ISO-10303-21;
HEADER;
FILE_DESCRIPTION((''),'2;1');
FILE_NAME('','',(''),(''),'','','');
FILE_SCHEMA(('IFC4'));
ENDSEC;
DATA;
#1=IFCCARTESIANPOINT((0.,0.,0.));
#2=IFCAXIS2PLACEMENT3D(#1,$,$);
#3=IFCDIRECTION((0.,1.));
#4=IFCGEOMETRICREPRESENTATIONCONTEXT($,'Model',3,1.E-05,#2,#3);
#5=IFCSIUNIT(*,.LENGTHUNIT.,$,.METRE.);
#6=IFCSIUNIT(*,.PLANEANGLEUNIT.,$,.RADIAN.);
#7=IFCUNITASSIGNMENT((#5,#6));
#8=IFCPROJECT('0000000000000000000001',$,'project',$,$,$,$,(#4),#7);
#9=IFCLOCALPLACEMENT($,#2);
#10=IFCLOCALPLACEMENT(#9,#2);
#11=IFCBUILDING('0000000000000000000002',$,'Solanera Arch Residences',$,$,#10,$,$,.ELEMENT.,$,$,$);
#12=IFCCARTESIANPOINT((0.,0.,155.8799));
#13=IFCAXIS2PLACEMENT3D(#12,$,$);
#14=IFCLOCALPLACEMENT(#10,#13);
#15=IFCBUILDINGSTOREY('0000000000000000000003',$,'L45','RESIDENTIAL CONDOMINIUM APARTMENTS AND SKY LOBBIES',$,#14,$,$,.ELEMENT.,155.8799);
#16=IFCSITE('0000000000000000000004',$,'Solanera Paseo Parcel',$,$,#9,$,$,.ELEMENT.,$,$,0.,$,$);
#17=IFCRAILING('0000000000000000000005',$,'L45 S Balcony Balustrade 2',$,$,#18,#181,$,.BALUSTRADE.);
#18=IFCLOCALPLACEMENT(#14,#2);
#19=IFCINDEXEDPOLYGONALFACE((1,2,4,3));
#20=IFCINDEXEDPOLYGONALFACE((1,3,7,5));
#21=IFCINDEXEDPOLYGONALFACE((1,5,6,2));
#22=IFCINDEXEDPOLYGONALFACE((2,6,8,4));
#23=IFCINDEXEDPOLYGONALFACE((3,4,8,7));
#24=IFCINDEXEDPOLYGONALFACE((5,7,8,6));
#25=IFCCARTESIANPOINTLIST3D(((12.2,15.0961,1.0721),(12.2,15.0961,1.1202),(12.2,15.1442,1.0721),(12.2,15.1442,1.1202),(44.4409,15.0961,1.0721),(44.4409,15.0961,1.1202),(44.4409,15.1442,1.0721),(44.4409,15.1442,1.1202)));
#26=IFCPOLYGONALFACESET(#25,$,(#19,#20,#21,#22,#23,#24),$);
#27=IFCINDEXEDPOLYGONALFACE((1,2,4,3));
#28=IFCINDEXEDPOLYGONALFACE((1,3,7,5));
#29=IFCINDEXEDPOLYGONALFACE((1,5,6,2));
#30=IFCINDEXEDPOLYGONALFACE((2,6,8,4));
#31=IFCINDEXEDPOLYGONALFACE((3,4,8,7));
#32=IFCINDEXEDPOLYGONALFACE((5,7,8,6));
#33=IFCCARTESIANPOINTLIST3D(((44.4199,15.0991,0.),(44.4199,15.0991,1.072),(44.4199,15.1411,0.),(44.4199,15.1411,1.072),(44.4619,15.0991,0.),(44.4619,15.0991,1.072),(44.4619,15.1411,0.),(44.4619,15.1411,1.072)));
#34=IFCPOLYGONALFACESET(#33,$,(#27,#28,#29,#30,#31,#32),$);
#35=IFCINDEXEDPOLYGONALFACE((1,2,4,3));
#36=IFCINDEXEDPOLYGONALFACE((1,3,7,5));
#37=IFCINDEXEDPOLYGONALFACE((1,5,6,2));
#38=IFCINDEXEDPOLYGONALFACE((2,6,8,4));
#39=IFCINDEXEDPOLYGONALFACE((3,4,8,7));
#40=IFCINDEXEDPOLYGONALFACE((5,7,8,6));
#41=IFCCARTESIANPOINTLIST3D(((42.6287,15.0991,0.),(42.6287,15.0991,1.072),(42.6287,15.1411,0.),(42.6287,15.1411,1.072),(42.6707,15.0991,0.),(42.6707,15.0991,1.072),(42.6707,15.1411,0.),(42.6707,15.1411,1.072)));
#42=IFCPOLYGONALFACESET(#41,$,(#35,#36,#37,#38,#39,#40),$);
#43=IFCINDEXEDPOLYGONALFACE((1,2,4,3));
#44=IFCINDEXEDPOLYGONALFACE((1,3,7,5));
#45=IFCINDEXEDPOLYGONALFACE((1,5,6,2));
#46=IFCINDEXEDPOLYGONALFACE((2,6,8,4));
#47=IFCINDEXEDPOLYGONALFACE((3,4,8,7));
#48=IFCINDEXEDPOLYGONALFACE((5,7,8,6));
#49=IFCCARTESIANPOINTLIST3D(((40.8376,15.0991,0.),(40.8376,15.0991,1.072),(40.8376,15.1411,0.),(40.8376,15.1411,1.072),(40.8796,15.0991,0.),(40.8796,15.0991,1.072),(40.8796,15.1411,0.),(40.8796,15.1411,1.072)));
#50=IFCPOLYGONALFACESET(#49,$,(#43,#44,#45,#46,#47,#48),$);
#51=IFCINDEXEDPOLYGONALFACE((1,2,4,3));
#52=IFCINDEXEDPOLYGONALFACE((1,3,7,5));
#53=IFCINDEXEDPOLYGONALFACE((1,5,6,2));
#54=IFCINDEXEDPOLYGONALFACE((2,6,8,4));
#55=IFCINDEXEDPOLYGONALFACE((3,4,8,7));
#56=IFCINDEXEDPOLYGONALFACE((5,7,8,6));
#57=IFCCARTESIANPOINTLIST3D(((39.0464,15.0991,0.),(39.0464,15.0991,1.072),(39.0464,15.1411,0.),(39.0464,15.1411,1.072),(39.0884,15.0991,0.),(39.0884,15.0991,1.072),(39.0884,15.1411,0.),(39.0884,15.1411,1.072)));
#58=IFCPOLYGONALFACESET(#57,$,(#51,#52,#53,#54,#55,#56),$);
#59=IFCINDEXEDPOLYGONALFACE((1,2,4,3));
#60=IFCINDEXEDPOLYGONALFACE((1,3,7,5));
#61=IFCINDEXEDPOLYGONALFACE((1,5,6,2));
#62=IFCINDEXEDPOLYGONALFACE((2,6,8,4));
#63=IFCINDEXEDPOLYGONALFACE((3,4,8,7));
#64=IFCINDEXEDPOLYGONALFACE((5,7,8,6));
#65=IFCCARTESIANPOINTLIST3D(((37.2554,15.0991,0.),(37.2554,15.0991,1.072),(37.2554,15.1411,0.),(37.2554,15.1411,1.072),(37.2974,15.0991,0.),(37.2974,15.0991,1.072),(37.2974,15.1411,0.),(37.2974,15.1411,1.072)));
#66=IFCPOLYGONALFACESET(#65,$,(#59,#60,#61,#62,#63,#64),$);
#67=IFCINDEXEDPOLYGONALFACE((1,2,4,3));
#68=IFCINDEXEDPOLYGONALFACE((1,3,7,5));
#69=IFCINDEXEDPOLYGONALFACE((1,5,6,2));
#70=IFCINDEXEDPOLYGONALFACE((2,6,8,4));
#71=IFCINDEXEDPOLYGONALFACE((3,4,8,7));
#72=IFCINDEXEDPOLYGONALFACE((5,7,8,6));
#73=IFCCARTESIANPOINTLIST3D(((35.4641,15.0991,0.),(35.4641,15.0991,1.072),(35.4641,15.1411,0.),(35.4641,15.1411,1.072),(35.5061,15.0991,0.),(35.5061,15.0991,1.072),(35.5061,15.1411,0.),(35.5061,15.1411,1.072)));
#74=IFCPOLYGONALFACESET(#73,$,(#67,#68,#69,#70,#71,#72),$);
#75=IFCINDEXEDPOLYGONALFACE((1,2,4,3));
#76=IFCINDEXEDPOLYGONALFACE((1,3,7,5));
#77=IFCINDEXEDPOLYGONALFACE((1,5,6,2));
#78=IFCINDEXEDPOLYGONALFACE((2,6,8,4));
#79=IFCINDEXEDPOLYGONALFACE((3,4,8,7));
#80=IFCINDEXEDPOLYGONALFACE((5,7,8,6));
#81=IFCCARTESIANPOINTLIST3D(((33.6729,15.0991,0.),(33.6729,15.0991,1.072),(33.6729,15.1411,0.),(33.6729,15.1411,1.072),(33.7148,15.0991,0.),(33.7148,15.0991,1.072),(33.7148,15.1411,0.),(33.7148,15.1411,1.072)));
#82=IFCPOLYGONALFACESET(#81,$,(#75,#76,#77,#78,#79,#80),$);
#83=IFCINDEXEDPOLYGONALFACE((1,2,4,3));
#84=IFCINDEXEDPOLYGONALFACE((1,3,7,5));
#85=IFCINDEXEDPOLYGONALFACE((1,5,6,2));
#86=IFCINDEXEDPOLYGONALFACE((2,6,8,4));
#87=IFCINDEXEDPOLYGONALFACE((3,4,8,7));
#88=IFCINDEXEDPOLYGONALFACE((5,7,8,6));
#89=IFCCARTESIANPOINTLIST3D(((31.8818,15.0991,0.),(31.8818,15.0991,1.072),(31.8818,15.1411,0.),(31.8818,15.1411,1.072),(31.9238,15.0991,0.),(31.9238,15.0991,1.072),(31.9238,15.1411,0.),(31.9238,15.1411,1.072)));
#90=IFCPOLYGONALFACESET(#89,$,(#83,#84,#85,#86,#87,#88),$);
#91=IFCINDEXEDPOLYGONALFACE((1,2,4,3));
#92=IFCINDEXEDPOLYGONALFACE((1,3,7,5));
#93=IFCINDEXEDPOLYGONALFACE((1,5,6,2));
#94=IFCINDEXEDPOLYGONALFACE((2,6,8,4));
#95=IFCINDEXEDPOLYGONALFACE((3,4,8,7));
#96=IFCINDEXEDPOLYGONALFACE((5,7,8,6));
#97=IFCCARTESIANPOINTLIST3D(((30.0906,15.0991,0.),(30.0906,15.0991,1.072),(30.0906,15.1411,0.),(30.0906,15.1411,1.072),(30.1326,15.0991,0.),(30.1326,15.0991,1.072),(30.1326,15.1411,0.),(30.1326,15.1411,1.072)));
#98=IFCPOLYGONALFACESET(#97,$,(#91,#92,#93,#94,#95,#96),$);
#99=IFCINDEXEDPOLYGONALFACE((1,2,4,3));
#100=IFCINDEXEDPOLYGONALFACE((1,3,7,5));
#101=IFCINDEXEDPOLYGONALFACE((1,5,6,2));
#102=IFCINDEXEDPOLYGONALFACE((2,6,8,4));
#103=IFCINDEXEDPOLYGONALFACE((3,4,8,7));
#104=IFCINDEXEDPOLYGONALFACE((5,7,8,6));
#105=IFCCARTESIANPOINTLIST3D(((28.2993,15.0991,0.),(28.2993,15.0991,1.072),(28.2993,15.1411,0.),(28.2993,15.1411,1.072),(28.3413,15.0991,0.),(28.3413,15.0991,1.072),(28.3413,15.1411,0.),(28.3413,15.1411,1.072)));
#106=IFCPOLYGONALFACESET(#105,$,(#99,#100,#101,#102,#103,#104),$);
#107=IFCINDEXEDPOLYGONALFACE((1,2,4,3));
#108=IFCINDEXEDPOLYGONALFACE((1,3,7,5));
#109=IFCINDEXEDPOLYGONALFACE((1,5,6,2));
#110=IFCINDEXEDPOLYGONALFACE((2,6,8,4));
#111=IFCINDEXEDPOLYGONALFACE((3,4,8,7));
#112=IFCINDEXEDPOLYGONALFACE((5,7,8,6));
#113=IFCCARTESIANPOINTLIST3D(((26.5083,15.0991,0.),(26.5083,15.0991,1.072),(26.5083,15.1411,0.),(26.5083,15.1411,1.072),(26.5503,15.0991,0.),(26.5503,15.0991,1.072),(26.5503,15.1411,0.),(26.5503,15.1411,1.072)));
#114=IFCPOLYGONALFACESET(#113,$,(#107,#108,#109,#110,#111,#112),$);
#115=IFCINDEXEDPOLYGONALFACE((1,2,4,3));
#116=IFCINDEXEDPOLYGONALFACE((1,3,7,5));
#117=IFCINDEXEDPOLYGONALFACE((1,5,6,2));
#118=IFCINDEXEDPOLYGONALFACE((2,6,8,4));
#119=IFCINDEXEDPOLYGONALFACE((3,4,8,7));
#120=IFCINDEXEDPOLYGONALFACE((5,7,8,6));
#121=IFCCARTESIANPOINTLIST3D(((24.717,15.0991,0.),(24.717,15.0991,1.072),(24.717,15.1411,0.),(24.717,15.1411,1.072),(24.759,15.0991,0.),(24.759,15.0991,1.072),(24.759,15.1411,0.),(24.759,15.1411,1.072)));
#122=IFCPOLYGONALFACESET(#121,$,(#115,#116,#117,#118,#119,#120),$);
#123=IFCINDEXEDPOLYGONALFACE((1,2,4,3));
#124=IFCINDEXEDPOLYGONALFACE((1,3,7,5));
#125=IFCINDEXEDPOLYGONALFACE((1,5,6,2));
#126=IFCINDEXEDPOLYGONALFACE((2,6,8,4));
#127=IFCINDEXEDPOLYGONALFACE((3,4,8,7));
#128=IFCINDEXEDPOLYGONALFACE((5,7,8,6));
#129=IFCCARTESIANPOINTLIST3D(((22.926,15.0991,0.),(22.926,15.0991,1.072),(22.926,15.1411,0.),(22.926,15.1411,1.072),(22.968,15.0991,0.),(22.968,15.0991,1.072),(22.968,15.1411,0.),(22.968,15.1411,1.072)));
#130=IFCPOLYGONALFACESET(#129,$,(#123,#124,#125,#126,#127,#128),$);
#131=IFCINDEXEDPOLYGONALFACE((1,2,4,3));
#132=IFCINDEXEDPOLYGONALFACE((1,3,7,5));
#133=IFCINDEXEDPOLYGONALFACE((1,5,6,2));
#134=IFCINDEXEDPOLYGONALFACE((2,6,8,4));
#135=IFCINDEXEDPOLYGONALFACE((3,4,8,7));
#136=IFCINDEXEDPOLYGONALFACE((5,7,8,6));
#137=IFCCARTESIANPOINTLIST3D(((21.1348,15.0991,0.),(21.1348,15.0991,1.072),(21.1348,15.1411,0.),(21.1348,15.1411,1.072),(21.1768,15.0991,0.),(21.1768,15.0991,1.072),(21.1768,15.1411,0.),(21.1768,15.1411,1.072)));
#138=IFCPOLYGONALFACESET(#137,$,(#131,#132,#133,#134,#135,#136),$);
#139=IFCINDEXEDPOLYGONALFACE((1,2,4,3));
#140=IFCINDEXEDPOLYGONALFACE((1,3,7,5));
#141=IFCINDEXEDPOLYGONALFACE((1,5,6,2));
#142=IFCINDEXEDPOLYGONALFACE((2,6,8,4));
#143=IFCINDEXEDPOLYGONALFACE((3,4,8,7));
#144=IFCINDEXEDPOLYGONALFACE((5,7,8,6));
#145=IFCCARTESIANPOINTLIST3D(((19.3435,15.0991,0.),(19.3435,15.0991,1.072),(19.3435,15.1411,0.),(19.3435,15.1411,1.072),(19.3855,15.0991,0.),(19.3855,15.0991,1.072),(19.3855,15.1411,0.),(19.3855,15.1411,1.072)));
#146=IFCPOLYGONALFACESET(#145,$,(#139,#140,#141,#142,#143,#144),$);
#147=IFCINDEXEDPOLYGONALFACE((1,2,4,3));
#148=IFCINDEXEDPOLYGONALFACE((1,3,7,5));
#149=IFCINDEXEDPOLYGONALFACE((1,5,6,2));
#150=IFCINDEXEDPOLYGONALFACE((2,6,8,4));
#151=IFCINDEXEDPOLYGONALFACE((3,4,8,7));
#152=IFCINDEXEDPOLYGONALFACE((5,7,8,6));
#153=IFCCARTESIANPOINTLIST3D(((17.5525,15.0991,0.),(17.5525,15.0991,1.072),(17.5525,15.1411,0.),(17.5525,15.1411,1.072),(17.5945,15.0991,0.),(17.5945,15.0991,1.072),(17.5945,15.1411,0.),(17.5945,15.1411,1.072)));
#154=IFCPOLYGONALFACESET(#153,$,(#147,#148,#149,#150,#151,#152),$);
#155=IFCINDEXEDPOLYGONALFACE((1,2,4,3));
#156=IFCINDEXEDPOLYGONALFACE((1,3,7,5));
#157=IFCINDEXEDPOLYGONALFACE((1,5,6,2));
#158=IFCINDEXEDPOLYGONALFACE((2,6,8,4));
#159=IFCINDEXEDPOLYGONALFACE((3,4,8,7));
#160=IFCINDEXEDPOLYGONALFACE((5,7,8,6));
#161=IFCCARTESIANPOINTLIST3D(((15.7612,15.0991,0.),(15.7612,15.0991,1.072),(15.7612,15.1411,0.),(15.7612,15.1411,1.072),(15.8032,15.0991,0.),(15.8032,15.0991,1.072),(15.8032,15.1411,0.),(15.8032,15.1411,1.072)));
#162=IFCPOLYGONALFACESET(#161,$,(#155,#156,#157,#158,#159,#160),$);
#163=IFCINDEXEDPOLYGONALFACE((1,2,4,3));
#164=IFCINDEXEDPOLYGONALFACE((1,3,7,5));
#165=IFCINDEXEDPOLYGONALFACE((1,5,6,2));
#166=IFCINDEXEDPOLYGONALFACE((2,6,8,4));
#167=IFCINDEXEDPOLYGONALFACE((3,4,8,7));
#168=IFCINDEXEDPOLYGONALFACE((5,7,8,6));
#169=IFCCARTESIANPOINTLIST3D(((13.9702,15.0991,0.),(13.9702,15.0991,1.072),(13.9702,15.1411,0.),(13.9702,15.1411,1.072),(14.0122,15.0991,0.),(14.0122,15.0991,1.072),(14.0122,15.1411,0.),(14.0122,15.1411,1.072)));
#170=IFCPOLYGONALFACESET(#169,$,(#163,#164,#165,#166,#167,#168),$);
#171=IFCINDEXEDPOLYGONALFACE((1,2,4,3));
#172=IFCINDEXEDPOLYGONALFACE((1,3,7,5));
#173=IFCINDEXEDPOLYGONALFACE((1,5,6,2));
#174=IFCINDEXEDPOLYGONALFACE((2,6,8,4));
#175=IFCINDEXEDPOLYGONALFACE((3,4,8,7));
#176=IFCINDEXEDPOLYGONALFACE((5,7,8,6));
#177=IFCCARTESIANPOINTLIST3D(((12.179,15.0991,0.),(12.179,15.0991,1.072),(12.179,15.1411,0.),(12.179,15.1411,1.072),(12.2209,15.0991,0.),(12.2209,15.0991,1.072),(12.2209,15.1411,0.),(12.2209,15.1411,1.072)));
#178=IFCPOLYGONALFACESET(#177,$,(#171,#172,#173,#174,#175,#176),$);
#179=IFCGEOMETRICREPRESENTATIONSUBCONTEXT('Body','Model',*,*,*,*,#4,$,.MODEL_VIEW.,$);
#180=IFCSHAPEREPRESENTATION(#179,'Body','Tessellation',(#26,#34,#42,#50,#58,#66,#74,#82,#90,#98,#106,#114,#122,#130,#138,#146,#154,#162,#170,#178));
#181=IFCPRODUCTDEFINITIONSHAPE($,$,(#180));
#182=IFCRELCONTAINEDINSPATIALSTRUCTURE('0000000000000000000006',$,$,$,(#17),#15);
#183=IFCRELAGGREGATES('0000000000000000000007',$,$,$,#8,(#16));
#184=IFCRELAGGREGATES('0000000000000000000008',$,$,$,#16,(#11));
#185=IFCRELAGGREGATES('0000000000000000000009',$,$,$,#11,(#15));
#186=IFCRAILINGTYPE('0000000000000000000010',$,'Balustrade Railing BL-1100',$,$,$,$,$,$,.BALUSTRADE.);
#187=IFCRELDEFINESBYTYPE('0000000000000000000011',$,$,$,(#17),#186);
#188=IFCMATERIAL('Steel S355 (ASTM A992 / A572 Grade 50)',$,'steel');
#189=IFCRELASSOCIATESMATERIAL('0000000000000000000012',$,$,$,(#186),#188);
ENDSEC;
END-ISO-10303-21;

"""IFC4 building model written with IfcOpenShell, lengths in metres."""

from ifc_helpers import new_model, si_unit, direction, frame, origin, origin_2d, place, context, subcontext, project, spatial, rectangle, extrude, material, type_object, element, save


model = new_model("IFC4")

# Units and contexts
model_context = context("Model", 3, precision=1e-05, world=origin(), true_north=direction((0.0, 1.0)))
body_context = subcontext(model_context, "Body", "Model", "MODEL_VIEW")
ifc_project = project(units=[si_unit("LENGTHUNIT", "METRE"), si_unit("PLANEANGLEUNIT", "RADIAN")], contexts=[model_context])

# Site, building, storey
site_placement = place(None, origin())
site = spatial("IfcSite", under=ifc_project, at=site_placement, Name="Solanera Paseo Parcel", CompositionType="ELEMENT", RefElevation=0.0)
building_placement = place(site_placement, origin())
building = spatial("IfcBuilding", under=site, at=building_placement, Name="Solanera Arch Residences", CompositionType="ELEMENT")
storey_placement = place(building_placement, frame((0.0, 0.0, 155.8799)))
storey = spatial("IfcBuildingStorey", under=building, at=storey_placement, Name="L45", Description="RESIDENTIAL CONDOMINIUM APARTMENTS AND SKY LOBBIES", CompositionType="ELEMENT", Elevation=155.8799)

# Railing
ifc_material_1 = material(Name="Steel S355 (ASTM A992 / A572 Grade 50)", Category="steel")
railing_type = type_object("IfcRailingType", Name="Balustrade Railing BL-1100", PredefinedType="BALUSTRADE", material=ifc_material_1)
railing_1_placement = place(storey_placement, frame((44.4409, 15.1201, 0.0)))
element("IfcRailing", 1, at=railing_1_placement, inside=storey, type_object=railing_type, Name="L45 S Balcony Balustrade 2", PredefinedType="BALUSTRADE", context=body_context, shape_type="SweptSolid", body=[
    extrude(rectangle(XDim=0.0481, YDim=0.0481, at=origin_2d()), frame((0.0, 0.0, 1.0962), z_axis=(-1.0, 0.0, 0.0), x_axis=(0.0, -1.0, 0.0)), (0.0, 0.0, 1.0), 32.241),
    extrude(rectangle(XDim=0.042, YDim=0.042, at=origin_2d()), origin(), (0.0, 0.0, 1.0), 1.072),
    extrude(rectangle(XDim=0.042, YDim=0.042, at=origin_2d()), frame((-1.7913, 0.0, 0.0)), (0.0, 0.0, 1.0), 1.072),
    extrude(rectangle(XDim=0.042, YDim=0.042, at=origin_2d()), frame((-3.5823, 0.0, 0.0)), (0.0, 0.0, 1.0), 1.072),
    extrude(rectangle(XDim=0.042, YDim=0.042, at=origin_2d()), frame((-5.3735, 0.0, 0.0)), (0.0, 0.0, 1.0), 1.072),
    extrude(rectangle(XDim=0.042, YDim=0.042, at=origin_2d()), frame((-7.1646, 0.0, 0.0)), (0.0, 0.0, 1.0), 1.072),
    extrude(rectangle(XDim=0.042, YDim=0.042, at=origin_2d()), frame((-8.9558, 0.0, 0.0)), (0.0, 0.0, 1.0), 1.072),
    extrude(rectangle(XDim=0.042, YDim=0.042, at=origin_2d()), frame((-10.7471, 0.0, 0.0)), (0.0, 0.0, 1.0), 1.072),
    extrude(rectangle(XDim=0.042, YDim=0.042, at=origin_2d()), frame((-12.5381, 0.0, 0.0)), (0.0, 0.0, 1.0), 1.072),
    extrude(rectangle(XDim=0.042, YDim=0.042, at=origin_2d()), frame((-14.3293, 0.0, 0.0)), (0.0, 0.0, 1.0), 1.072),
    extrude(rectangle(XDim=0.042, YDim=0.042, at=origin_2d()), frame((-16.1206, 0.0, 0.0)), (0.0, 0.0, 1.0), 1.072),
    extrude(rectangle(XDim=0.042, YDim=0.042, at=origin_2d()), frame((-17.9116, 0.0, 0.0)), (0.0, 0.0, 1.0), 1.072),
    extrude(rectangle(XDim=0.042, YDim=0.042, at=origin_2d()), frame((-19.7029, 0.0, 0.0)), (0.0, 0.0, 1.0), 1.072),
    extrude(rectangle(XDim=0.042, YDim=0.042, at=origin_2d()), frame((-21.4939, 0.0, 0.0)), (0.0, 0.0, 1.0), 1.072),
    extrude(rectangle(XDim=0.042, YDim=0.042, at=origin_2d()), frame((-23.2852, 0.0, 0.0)), (0.0, 0.0, 1.0), 1.072),
    extrude(rectangle(XDim=0.042, YDim=0.042, at=origin_2d()), frame((-25.0764, 0.0, 0.0)), (0.0, 0.0, 1.0), 1.072),
    extrude(rectangle(XDim=0.042, YDim=0.042, at=origin_2d()), frame((-26.8674, 0.0, 0.0)), (0.0, 0.0, 1.0), 1.072),
    extrude(rectangle(XDim=0.042, YDim=0.042, at=origin_2d()), frame((-28.6587, 0.0, 0.0)), (0.0, 0.0, 1.0), 1.072),
    extrude(rectangle(XDim=0.042, YDim=0.042, at=origin_2d()), frame((-30.4497, 0.0, 0.0)), (0.0, 0.0, 1.0), 1.072),
    extrude(rectangle(XDim=0.042, YDim=0.042, at=origin_2d()), frame((-32.241, 0.0, 0.0)), (0.0, 0.0, 1.0), 1.072),
])

save(model, "model.ifc")
